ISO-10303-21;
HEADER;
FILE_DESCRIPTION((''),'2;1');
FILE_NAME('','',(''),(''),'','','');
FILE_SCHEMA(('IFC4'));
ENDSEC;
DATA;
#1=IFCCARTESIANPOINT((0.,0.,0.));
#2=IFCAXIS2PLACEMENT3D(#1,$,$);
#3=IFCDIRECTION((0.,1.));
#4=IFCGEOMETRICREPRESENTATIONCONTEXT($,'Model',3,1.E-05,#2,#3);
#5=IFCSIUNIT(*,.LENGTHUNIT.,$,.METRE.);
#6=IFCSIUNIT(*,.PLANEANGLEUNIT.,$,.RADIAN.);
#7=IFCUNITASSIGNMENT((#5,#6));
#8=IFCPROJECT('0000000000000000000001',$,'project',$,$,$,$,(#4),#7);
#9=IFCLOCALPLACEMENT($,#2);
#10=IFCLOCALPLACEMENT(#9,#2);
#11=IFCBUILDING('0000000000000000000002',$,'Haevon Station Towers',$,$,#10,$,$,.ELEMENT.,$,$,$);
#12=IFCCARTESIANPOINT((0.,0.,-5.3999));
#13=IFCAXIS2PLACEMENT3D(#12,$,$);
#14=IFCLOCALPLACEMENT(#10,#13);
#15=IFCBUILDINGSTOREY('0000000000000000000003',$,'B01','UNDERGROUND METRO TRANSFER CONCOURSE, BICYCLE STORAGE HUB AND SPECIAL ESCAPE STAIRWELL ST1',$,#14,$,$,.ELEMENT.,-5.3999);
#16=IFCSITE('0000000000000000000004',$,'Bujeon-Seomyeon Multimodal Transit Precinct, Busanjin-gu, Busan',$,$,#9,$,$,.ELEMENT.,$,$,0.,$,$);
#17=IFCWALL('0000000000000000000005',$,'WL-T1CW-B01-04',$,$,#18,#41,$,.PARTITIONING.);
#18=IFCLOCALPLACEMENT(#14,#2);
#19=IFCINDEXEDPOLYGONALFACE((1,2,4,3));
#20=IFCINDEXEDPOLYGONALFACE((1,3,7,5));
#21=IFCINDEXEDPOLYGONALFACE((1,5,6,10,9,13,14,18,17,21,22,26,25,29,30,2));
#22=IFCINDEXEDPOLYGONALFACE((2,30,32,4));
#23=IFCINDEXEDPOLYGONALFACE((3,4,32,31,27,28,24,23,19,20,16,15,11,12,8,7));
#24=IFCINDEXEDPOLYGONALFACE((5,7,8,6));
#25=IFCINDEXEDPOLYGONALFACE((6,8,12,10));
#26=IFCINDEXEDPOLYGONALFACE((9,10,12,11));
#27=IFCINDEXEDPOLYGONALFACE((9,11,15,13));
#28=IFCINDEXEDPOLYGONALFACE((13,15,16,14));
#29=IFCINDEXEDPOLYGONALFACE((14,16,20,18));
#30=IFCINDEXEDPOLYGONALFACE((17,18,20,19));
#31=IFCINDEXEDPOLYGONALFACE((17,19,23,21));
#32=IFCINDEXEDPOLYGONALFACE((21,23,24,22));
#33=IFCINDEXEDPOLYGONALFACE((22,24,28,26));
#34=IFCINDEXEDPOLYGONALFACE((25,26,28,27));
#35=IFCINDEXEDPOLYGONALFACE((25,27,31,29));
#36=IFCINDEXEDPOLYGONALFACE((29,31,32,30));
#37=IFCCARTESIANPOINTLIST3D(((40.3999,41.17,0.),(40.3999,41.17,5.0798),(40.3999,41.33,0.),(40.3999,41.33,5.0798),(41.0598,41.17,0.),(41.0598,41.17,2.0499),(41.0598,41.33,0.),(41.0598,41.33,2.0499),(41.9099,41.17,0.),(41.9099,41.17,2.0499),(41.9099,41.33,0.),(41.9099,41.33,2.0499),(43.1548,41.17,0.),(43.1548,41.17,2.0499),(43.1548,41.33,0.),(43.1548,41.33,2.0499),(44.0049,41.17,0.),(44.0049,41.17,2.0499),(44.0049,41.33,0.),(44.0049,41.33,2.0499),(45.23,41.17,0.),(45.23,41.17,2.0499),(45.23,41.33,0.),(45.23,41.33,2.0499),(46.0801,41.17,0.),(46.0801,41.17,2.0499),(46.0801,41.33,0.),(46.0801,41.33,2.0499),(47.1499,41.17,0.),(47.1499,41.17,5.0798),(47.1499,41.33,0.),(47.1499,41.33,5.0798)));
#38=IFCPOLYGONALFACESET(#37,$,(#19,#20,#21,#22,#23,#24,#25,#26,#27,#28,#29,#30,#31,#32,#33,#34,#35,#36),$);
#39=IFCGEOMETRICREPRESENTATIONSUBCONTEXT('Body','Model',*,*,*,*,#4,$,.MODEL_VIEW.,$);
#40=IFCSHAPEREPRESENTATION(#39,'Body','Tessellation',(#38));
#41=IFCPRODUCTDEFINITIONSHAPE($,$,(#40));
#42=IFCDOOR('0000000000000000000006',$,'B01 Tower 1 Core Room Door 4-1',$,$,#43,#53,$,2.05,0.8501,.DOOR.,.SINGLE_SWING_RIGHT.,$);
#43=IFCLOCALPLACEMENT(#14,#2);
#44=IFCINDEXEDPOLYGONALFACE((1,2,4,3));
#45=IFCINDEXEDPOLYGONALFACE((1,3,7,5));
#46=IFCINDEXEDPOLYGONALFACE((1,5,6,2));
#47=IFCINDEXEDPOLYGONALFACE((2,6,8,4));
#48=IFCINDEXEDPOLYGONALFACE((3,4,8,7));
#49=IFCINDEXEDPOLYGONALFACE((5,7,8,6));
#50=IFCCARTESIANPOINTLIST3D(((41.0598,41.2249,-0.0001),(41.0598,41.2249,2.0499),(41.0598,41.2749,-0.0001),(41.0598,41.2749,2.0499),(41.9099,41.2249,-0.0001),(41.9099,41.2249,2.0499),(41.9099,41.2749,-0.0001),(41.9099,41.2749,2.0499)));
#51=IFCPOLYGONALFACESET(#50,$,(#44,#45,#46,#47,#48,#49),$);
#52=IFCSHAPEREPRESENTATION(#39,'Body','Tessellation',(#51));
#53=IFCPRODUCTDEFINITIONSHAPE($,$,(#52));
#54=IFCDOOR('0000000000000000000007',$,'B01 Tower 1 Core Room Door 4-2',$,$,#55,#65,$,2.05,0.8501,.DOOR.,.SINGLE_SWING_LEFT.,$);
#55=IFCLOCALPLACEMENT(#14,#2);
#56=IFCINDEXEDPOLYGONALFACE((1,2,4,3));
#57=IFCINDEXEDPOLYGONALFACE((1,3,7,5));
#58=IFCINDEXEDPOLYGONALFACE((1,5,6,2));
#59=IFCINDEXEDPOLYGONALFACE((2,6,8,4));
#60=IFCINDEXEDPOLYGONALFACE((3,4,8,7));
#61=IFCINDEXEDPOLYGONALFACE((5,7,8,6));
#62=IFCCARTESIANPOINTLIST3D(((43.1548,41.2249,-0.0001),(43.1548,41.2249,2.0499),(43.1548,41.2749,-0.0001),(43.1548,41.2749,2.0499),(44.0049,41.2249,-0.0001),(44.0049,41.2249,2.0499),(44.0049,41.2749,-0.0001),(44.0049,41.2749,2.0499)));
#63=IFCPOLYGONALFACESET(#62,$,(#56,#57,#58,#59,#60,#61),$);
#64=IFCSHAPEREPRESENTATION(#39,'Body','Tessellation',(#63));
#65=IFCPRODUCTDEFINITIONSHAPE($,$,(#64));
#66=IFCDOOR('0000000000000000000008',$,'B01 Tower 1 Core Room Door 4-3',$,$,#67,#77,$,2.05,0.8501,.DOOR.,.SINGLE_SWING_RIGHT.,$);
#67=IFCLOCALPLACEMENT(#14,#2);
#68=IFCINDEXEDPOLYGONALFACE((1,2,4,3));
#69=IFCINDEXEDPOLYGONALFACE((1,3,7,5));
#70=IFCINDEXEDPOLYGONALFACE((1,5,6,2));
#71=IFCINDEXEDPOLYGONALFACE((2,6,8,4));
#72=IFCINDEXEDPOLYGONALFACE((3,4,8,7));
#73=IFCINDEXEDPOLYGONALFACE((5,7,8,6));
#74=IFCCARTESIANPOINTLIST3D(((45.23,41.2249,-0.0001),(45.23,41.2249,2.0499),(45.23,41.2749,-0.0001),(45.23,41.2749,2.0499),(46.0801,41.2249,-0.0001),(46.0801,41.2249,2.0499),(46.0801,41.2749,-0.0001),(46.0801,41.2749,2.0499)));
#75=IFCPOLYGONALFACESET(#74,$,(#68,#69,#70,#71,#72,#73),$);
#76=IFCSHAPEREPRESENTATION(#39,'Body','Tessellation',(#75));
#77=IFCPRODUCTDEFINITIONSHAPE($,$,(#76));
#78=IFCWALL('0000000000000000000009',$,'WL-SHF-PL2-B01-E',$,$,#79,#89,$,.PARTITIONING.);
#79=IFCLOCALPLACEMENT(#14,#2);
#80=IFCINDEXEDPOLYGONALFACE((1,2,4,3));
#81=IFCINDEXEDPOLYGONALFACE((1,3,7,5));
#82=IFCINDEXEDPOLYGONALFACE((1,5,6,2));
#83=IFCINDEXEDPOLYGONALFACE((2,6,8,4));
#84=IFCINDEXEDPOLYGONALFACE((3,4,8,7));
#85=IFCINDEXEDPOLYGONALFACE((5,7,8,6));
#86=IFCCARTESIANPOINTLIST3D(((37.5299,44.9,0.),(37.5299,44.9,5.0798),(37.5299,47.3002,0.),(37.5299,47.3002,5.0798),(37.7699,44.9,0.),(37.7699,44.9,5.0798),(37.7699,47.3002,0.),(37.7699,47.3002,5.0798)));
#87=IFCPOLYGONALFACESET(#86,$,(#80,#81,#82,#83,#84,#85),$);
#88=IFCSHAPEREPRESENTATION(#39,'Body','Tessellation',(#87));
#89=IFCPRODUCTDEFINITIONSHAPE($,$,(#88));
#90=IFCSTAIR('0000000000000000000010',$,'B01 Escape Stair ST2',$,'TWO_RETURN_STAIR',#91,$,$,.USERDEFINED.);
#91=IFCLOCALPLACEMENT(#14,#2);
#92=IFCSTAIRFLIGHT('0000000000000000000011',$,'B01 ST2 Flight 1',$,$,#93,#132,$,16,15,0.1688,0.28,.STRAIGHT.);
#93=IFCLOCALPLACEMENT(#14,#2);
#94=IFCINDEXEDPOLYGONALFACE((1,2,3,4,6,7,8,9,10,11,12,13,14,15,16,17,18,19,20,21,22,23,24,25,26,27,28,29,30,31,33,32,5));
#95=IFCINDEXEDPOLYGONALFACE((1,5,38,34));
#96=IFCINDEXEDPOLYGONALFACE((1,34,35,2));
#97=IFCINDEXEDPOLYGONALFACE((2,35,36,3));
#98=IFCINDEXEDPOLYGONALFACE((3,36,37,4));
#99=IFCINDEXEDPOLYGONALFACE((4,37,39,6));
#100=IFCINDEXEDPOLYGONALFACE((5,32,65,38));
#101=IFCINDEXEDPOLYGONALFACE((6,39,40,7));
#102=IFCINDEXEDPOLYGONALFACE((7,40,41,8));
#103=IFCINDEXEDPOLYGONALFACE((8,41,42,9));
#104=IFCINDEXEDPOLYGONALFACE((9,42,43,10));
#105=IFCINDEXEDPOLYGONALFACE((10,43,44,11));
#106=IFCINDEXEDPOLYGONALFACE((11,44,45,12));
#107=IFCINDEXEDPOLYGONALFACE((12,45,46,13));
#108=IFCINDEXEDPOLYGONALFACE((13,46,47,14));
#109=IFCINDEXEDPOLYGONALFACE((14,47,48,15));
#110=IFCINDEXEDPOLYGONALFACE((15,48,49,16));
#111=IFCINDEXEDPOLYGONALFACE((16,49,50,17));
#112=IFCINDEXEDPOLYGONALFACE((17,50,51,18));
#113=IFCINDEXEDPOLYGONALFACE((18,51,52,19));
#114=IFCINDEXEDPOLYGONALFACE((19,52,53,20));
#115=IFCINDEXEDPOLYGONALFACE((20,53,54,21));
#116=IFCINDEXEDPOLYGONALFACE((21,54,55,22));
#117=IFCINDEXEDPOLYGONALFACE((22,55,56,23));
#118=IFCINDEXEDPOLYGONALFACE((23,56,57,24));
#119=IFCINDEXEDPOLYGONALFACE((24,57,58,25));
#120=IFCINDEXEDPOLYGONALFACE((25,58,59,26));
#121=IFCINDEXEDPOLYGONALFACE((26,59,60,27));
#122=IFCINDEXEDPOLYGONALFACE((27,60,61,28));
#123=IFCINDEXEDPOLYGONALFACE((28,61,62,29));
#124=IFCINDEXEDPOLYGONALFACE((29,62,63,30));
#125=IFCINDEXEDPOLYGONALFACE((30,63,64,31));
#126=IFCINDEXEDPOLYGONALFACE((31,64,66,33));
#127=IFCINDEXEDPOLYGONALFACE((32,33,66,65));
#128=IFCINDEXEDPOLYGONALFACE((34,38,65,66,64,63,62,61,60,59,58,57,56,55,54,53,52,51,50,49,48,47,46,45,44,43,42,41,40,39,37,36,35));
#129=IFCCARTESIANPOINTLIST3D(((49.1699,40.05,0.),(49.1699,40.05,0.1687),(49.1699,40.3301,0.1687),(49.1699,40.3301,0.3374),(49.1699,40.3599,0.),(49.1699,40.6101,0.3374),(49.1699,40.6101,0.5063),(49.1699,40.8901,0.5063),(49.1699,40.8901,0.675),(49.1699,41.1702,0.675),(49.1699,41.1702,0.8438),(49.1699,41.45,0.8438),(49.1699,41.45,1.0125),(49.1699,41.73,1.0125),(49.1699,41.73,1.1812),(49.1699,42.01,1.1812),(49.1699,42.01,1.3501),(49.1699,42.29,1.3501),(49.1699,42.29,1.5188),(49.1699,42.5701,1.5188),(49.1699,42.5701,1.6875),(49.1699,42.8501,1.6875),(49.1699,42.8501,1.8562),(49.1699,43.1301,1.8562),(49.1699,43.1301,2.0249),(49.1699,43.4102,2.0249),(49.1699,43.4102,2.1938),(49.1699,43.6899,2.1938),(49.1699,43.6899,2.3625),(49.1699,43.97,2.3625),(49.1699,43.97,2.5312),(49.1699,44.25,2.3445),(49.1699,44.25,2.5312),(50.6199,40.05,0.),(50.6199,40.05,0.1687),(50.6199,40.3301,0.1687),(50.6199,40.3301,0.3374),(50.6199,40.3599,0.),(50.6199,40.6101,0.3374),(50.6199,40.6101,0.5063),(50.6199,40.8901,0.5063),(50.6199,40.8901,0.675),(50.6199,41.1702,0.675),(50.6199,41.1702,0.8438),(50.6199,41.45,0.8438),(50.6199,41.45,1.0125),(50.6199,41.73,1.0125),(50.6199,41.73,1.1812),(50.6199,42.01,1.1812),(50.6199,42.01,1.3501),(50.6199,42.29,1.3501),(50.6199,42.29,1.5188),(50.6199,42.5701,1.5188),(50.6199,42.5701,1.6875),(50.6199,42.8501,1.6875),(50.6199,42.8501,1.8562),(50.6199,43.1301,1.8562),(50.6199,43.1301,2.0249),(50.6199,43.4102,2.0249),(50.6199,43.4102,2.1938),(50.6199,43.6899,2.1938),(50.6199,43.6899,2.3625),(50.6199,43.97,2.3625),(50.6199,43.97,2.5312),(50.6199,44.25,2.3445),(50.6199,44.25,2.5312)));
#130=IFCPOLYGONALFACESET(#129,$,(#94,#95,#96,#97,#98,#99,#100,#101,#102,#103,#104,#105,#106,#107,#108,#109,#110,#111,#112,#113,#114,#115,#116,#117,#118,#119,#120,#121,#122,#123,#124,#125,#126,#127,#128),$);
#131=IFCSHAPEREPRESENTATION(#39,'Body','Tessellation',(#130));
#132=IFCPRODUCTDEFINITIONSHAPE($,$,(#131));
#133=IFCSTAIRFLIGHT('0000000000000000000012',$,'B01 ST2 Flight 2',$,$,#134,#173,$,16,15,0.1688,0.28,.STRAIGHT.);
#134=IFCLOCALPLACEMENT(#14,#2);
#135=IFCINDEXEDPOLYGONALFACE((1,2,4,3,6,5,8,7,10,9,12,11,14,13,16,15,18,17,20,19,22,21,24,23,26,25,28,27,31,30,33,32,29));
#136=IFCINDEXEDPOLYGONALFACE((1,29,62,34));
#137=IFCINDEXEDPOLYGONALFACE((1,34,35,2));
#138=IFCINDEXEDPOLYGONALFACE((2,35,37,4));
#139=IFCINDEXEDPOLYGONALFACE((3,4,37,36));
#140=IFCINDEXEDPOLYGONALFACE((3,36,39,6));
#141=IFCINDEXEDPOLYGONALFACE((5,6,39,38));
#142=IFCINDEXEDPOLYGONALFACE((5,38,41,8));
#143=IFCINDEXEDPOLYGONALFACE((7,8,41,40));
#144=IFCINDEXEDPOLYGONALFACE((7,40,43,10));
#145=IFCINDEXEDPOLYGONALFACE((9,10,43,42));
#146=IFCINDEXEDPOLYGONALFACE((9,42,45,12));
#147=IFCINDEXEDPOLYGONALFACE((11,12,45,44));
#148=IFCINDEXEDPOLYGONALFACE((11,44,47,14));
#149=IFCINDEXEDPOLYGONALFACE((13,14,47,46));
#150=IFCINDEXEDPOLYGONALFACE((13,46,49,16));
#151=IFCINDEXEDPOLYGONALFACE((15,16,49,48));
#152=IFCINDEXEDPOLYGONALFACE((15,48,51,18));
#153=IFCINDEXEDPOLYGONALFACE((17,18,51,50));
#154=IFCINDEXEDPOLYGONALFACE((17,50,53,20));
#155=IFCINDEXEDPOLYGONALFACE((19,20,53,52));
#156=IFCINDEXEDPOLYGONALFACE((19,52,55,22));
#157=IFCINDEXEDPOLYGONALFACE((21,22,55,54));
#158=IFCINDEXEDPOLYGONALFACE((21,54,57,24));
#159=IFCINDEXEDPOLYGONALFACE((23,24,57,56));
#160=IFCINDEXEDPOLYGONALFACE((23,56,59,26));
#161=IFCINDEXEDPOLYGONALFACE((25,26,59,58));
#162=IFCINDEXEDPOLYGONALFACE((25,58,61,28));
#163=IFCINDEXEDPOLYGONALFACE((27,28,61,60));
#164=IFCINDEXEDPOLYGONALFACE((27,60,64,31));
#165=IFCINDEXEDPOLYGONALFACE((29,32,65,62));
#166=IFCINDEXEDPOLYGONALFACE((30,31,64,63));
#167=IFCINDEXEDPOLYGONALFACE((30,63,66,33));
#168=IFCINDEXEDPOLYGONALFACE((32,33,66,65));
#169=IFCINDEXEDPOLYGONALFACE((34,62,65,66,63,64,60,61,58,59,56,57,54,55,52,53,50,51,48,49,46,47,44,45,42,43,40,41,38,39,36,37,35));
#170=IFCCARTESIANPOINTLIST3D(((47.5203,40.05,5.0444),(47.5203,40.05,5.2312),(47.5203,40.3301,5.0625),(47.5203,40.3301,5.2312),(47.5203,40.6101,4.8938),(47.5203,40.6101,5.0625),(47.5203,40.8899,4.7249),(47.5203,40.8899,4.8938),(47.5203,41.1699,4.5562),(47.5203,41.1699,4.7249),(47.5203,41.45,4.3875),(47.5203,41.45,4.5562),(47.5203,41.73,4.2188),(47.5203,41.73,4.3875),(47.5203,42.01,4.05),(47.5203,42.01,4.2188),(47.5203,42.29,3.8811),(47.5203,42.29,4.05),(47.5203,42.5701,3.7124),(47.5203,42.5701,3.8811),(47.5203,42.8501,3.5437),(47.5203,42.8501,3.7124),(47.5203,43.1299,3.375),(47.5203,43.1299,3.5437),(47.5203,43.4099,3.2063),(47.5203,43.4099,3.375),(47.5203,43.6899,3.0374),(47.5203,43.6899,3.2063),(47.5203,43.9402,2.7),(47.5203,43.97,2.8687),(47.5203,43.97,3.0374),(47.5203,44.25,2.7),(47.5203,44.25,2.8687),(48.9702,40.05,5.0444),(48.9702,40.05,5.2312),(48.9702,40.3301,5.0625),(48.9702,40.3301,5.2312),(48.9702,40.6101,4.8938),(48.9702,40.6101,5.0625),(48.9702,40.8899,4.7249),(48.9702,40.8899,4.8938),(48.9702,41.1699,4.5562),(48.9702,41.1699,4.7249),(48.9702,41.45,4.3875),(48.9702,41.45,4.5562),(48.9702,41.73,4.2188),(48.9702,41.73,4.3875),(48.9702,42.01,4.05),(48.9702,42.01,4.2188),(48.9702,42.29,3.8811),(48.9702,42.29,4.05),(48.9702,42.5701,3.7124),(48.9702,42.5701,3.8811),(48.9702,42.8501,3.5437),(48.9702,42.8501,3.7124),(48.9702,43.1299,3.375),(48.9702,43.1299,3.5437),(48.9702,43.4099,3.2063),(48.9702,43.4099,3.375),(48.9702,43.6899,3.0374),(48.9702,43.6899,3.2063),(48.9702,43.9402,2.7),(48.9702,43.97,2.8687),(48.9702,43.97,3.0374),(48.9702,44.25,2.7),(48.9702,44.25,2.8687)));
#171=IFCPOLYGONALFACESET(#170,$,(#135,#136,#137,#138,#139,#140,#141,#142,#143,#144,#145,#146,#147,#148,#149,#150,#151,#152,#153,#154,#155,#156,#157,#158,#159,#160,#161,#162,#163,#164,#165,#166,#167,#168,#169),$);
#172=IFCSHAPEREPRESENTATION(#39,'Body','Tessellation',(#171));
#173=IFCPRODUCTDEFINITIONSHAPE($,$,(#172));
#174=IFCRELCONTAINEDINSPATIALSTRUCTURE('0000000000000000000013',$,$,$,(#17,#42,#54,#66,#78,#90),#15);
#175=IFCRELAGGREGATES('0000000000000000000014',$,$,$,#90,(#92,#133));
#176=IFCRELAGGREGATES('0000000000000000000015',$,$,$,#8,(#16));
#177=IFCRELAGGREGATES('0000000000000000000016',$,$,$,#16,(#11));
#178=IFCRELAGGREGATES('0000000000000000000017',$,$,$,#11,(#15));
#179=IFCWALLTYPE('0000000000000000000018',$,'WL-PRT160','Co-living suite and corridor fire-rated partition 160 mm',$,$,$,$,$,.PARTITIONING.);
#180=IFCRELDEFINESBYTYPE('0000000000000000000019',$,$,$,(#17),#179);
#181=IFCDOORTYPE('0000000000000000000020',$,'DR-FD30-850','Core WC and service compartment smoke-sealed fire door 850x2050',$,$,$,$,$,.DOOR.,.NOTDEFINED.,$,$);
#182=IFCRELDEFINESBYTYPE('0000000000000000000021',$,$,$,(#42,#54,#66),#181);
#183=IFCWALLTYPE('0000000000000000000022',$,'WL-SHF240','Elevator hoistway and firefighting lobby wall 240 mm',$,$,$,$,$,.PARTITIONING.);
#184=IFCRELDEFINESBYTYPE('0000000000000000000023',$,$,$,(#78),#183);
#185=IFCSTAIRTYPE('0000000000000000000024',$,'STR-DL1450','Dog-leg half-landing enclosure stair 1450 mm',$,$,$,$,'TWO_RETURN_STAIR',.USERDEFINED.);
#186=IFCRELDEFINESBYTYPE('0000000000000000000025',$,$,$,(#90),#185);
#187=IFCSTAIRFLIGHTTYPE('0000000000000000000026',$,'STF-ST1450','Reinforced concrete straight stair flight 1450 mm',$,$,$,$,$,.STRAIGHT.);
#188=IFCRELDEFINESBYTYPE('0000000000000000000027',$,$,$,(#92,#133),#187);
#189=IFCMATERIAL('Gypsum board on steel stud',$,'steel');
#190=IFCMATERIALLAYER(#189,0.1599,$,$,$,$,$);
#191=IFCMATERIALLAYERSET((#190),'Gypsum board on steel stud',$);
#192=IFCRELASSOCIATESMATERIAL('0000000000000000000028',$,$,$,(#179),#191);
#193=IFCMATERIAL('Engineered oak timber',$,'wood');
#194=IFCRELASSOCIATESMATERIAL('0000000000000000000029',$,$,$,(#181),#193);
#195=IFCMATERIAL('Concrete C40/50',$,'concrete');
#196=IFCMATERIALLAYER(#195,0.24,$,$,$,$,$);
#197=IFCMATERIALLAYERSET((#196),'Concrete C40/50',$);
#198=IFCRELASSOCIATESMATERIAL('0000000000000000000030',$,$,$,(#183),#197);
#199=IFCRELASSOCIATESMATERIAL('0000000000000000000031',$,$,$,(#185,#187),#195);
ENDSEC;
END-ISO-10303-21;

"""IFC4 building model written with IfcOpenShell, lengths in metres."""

from ifc_helpers import new_model, si_unit, direction, frame, frame_2d, origin, place, context, subcontext, project, spatial, polyline, rectangle, outline, extrude, material, layer, layer_set, type_object, element, fill, aggregate, save


model = new_model("IFC4")

# Units and contexts
model_context = context("Model", 3, precision=1e-05, world=origin(), true_north=direction((0.0, 1.0)))
body_context = subcontext(model_context, "Body", "Model", "MODEL_VIEW")
ifc_project = project(units=[si_unit("LENGTHUNIT", "METRE"), si_unit("PLANEANGLEUNIT", "RADIAN")], contexts=[model_context])

# Site, building, storey
site_placement = place(None, origin())
site = spatial("IfcSite", under=ifc_project, at=site_placement, Name="Bujeon-Seomyeon Multimodal Transit Precinct, Busanjin-gu, Busan", CompositionType="ELEMENT", RefElevation=0.0)
building_placement = place(site_placement, origin())
building = spatial("IfcBuilding", under=site, at=building_placement, Name="Haevon Station Towers", CompositionType="ELEMENT")
storey_placement = place(building_placement, frame((0.0, 0.0, -5.3999)))
storey = spatial("IfcBuildingStorey", under=building, at=storey_placement, Name="B01", Description="UNDERGROUND METRO TRANSFER CONCOURSE, BICYCLE STORAGE HUB AND SPECIAL ESCAPE STAIRWELL ST1", CompositionType="ELEMENT", Elevation=-5.3999)

# Wall, openings, doors
ifc_material_1 = material(Name="Gypsum board on steel stud", Category="steel")
ifc_layer_1 = layer(ifc_material_1, 0.1599)
ifc_layer_set_1 = layer_set([ifc_layer_1], Name="Gypsum board on steel stud")
wall_type_1 = type_object("IfcWallType", Name="WL-PRT160", Description="Co-living suite and corridor fire-rated partition 160 mm", PredefinedType="PARTITIONING", material=ifc_layer_set_1)
wall_1_placement = place(storey_placement, frame((40.3999, 41.25, 0.0), z_axis=(0.0, 0.0, 1.0), x_axis=(1.0, 0.0, 0.0)))
wall_1 = element("IfcWall", 1, at=wall_1_placement, inside=storey, type_object=wall_type_1, Name="WL-T1CW-B01-04", PredefinedType="PARTITIONING", context=body_context, shape_type="SweptSolid", body=[
    extrude(rectangle(XDim=6.75, YDim=0.1599, at=frame_2d((3.375, 0.0))), origin(), (0.0, 0.0, 1.0), 5.0798),
])
opening_1_placement = place(wall_1_placement, frame((0.6599, 0.0, 0.0)))
opening_1 = element("IfcOpeningElement", 2, at=opening_1_placement, cuts=wall_1, PredefinedType="OPENING", context=body_context, shape_type="SweptSolid", body=[
    extrude(rectangle(XDim=0.8501, YDim=2.05, at=frame_2d((0.425, 1.0249))), frame((0.0, 0.0898, 0.0), z_axis=(0.0, -1.0, 0.0), x_axis=(1.0, 0.0, 0.0)), (0.0, 0.0, 1.0), 0.1799),
])
opening_2_placement = place(wall_1_placement, frame((2.7549, 0.0, 0.0)))
opening_2 = element("IfcOpeningElement", 3, at=opening_2_placement, cuts=wall_1, PredefinedType="OPENING", context=body_context, shape_type="SweptSolid", body=[
    extrude(rectangle(XDim=0.8501, YDim=2.05, at=frame_2d((0.425, 1.0249))), frame((0.0, 0.0898, 0.0), z_axis=(0.0, -1.0, 0.0), x_axis=(1.0, 0.0, 0.0)), (0.0, 0.0, 1.0), 0.1799),
])
opening_3_placement = place(wall_1_placement, frame((4.8301, 0.0, 0.0)))
opening_3 = element("IfcOpeningElement", 4, at=opening_3_placement, cuts=wall_1, PredefinedType="OPENING", context=body_context, shape_type="SweptSolid", body=[
    extrude(rectangle(XDim=0.8501, YDim=2.05, at=frame_2d((0.425, 1.0249))), frame((0.0, 0.0898, 0.0), z_axis=(0.0, -1.0, 0.0), x_axis=(1.0, 0.0, 0.0)), (0.0, 0.0, 1.0), 0.1799),
])
ifc_material_2 = material(Name="Engineered oak timber", Category="wood")
door_type = type_object("IfcDoorType", Name="DR-FD30-850", Description="Core WC and service compartment smoke-sealed fire door 850x2050", OperationType="NOTDEFINED", PredefinedType="DOOR", material=ifc_material_2)
door_1_placement = place(opening_1_placement, origin())
door_1 = element("IfcDoor", 5, at=door_1_placement, inside=storey, type_object=door_type, Name="B01 Tower 1 Core Room Door 4-1", OperationType="SINGLE_SWING_RIGHT", OverallHeight=2.05, OverallWidth=0.8501, PredefinedType="DOOR", context=body_context, shape_type="SweptSolid", body=[
    extrude(rectangle(XDim=0.8501, YDim=2.05, at=frame_2d((0.425, 1.0249))), frame((0.0, 0.0249, 0.0), z_axis=(0.0, -1.0, 0.0), x_axis=(1.0, 0.0, 0.0)), (0.0, 0.0, 1.0), 0.05),
])
fill(opening_1, door_1)
door_2_placement = place(opening_2_placement, origin())
door_2 = element("IfcDoor", 6, at=door_2_placement, inside=storey, type_object=door_type, Name="B01 Tower 1 Core Room Door 4-2", OperationType="SINGLE_SWING_LEFT", OverallHeight=2.05, OverallWidth=0.8501, PredefinedType="DOOR", context=body_context, shape_type="SweptSolid", body=[
    extrude(rectangle(XDim=0.8501, YDim=2.05, at=frame_2d((0.425, 1.0249))), frame((0.0, 0.0249, 0.0), z_axis=(0.0, -1.0, 0.0), x_axis=(1.0, 0.0, 0.0)), (0.0, 0.0, 1.0), 0.05),
])
fill(opening_2, door_2)
door_3_placement = place(opening_3_placement, origin())
door_3 = element("IfcDoor", 7, at=door_3_placement, inside=storey, type_object=door_type, Name="B01 Tower 1 Core Room Door 4-3", OperationType="SINGLE_SWING_RIGHT", OverallHeight=2.05, OverallWidth=0.8501, PredefinedType="DOOR", context=body_context, shape_type="SweptSolid", body=[
    extrude(rectangle(XDim=0.8501, YDim=2.05, at=frame_2d((0.425, 1.0249))), frame((0.0, 0.0249, 0.0), z_axis=(0.0, -1.0, 0.0), x_axis=(1.0, 0.0, 0.0)), (0.0, 0.0, 1.0), 0.05),
])
fill(opening_3, door_3)

# Wall
ifc_material_3 = material(Name="Concrete C40/50", Category="concrete")
ifc_layer_2 = layer(ifc_material_3, 0.24)
ifc_layer_set_2 = layer_set([ifc_layer_2], Name="Concrete C40/50")
wall_type_2 = type_object("IfcWallType", Name="WL-SHF240", Description="Elevator hoistway and firefighting lobby wall 240 mm", PredefinedType="PARTITIONING", material=ifc_layer_set_2)
wall_2_placement = place(storey_placement, frame((37.6499, 44.8999, 0.0), z_axis=(0.0, 0.0, 1.0), x_axis=(0.0, 1.0, 0.0)))
element("IfcWall", 8, at=wall_2_placement, inside=storey, type_object=wall_type_2, Name="WL-SHF-PL2-B01-E", PredefinedType="PARTITIONING", context=body_context, shape_type="SweptSolid", body=[
    extrude(rectangle(XDim=2.4001, YDim=0.24, at=frame_2d((1.2002, 0.0))), origin(), (0.0, 0.0, 1.0), 5.0798),
])

# Stair, stair flights
stair_type = type_object("IfcStairType", Name="STR-DL1450", Description="Dog-leg half-landing enclosure stair 1450 mm", ElementType="TWO_RETURN_STAIR", PredefinedType="USERDEFINED", material=ifc_material_3)
stair_placement = place(storey_placement, origin())
stair = element("IfcStair", 9, at=stair_placement, inside=storey, type_object=stair_type, Name="B01 Escape Stair ST2", ObjectType="TWO_RETURN_STAIR", PredefinedType="USERDEFINED")
stair_flight_type = type_object("IfcStairFlightType", Name="STF-ST1450", Description="Reinforced concrete straight stair flight 1450 mm", PredefinedType="STRAIGHT", material=ifc_material_3)
stair_flight_1_placement = place(storey_placement, frame((49.895, 40.05, 0.0), z_axis=(0.0, 0.0, 1.0), x_axis=(0.0, 1.0, 0.0)))
stair_flight_1 = element("IfcStairFlight", 10, at=stair_flight_1_placement, type_object=stair_flight_type, Name="B01 ST2 Flight 1", NumberOfRisers=16, NumberOfTreads=15, PredefinedType="STRAIGHT", RiserHeight=0.1688, TreadLength=0.28, context=body_context, shape_type="SweptSolid", body=[
    extrude(outline(polyline([(0.0, 0.0), (0.0, 0.1687), (0.28, 0.1687), (0.28, 0.3374), (0.5601, 0.3374), (0.5601, 0.5063), (0.8401, 0.5063), (0.8401, 0.675), (1.1201, 0.675), (1.1201, 0.8438), (1.3999, 0.8438), (1.3999, 1.0125), (1.6799, 1.0125), (1.6799, 1.1812), (1.96, 1.1812), (1.96, 1.3501), (2.24, 1.3501), (2.24, 1.5188), (2.52, 1.5188), (2.52, 1.6875), (2.8, 1.6875), (2.8, 1.8562), (3.0801, 1.8562), (3.0801, 2.0249), (3.3601, 2.0249), (3.3601, 2.1938), (3.6399, 2.1938), (3.6399, 2.3625), (3.9199, 2.3625), (3.9199, 2.5312), (4.2, 2.5312), (4.2, 2.7), (4.2, 2.3445), (0.3098, 0.0), (0.0, 0.0)])), frame((0.0, 0.7251, 0.0), z_axis=(0.0, -1.0, 0.0), x_axis=(1.0, 0.0, 0.0)), (0.0, 0.0, 1.0), 1.45),
])
stair_flight_2_placement = place(storey_placement, frame((48.2451, 44.25, 2.7), z_axis=(0.0, 0.0, 1.0), x_axis=(0.0, -1.0, 0.0)))
stair_flight_2 = element("IfcStairFlight", 11, at=stair_flight_2_placement, type_object=stair_flight_type, Name="B01 ST2 Flight 2", NumberOfRisers=16, NumberOfTreads=15, PredefinedType="STRAIGHT", RiserHeight=0.1688, TreadLength=0.28, context=body_context, shape_type="SweptSolid", body=[
    extrude(outline(polyline([(0.0, 0.0), (0.0, 0.1687), (0.28, 0.1687), (0.28, 0.3374), (0.5601, 0.3374), (0.5601, 0.5063), (0.8401, 0.5063), (0.8401, 0.675), (1.1201, 0.675), (1.1201, 0.8438), (1.3999, 0.8438), (1.3999, 1.0125), (1.6799, 1.0125), (1.6799, 1.1812), (1.96, 1.1812), (1.96, 1.3501), (2.24, 1.3501), (2.24, 1.5188), (2.52, 1.5188), (2.52, 1.6875), (2.8, 1.6875), (2.8, 1.8562), (3.0801, 1.8562), (3.0801, 2.0249), (3.3601, 2.0249), (3.3601, 2.1938), (3.6399, 2.1938), (3.6399, 2.3625), (3.9199, 2.3625), (3.9199, 2.5312), (4.2, 2.5312), (4.2, 2.7), (4.2, 2.3445), (0.3098, 0.0), (0.0, 0.0)])), frame((0.0, 0.7251, 0.0), z_axis=(0.0, -1.0, 0.0), x_axis=(1.0, 0.0, 0.0)), (0.0, 0.0, 1.0), 1.45),
])
aggregate(stair, [stair_flight_1, stair_flight_2])

save(model, "model.ifc")
